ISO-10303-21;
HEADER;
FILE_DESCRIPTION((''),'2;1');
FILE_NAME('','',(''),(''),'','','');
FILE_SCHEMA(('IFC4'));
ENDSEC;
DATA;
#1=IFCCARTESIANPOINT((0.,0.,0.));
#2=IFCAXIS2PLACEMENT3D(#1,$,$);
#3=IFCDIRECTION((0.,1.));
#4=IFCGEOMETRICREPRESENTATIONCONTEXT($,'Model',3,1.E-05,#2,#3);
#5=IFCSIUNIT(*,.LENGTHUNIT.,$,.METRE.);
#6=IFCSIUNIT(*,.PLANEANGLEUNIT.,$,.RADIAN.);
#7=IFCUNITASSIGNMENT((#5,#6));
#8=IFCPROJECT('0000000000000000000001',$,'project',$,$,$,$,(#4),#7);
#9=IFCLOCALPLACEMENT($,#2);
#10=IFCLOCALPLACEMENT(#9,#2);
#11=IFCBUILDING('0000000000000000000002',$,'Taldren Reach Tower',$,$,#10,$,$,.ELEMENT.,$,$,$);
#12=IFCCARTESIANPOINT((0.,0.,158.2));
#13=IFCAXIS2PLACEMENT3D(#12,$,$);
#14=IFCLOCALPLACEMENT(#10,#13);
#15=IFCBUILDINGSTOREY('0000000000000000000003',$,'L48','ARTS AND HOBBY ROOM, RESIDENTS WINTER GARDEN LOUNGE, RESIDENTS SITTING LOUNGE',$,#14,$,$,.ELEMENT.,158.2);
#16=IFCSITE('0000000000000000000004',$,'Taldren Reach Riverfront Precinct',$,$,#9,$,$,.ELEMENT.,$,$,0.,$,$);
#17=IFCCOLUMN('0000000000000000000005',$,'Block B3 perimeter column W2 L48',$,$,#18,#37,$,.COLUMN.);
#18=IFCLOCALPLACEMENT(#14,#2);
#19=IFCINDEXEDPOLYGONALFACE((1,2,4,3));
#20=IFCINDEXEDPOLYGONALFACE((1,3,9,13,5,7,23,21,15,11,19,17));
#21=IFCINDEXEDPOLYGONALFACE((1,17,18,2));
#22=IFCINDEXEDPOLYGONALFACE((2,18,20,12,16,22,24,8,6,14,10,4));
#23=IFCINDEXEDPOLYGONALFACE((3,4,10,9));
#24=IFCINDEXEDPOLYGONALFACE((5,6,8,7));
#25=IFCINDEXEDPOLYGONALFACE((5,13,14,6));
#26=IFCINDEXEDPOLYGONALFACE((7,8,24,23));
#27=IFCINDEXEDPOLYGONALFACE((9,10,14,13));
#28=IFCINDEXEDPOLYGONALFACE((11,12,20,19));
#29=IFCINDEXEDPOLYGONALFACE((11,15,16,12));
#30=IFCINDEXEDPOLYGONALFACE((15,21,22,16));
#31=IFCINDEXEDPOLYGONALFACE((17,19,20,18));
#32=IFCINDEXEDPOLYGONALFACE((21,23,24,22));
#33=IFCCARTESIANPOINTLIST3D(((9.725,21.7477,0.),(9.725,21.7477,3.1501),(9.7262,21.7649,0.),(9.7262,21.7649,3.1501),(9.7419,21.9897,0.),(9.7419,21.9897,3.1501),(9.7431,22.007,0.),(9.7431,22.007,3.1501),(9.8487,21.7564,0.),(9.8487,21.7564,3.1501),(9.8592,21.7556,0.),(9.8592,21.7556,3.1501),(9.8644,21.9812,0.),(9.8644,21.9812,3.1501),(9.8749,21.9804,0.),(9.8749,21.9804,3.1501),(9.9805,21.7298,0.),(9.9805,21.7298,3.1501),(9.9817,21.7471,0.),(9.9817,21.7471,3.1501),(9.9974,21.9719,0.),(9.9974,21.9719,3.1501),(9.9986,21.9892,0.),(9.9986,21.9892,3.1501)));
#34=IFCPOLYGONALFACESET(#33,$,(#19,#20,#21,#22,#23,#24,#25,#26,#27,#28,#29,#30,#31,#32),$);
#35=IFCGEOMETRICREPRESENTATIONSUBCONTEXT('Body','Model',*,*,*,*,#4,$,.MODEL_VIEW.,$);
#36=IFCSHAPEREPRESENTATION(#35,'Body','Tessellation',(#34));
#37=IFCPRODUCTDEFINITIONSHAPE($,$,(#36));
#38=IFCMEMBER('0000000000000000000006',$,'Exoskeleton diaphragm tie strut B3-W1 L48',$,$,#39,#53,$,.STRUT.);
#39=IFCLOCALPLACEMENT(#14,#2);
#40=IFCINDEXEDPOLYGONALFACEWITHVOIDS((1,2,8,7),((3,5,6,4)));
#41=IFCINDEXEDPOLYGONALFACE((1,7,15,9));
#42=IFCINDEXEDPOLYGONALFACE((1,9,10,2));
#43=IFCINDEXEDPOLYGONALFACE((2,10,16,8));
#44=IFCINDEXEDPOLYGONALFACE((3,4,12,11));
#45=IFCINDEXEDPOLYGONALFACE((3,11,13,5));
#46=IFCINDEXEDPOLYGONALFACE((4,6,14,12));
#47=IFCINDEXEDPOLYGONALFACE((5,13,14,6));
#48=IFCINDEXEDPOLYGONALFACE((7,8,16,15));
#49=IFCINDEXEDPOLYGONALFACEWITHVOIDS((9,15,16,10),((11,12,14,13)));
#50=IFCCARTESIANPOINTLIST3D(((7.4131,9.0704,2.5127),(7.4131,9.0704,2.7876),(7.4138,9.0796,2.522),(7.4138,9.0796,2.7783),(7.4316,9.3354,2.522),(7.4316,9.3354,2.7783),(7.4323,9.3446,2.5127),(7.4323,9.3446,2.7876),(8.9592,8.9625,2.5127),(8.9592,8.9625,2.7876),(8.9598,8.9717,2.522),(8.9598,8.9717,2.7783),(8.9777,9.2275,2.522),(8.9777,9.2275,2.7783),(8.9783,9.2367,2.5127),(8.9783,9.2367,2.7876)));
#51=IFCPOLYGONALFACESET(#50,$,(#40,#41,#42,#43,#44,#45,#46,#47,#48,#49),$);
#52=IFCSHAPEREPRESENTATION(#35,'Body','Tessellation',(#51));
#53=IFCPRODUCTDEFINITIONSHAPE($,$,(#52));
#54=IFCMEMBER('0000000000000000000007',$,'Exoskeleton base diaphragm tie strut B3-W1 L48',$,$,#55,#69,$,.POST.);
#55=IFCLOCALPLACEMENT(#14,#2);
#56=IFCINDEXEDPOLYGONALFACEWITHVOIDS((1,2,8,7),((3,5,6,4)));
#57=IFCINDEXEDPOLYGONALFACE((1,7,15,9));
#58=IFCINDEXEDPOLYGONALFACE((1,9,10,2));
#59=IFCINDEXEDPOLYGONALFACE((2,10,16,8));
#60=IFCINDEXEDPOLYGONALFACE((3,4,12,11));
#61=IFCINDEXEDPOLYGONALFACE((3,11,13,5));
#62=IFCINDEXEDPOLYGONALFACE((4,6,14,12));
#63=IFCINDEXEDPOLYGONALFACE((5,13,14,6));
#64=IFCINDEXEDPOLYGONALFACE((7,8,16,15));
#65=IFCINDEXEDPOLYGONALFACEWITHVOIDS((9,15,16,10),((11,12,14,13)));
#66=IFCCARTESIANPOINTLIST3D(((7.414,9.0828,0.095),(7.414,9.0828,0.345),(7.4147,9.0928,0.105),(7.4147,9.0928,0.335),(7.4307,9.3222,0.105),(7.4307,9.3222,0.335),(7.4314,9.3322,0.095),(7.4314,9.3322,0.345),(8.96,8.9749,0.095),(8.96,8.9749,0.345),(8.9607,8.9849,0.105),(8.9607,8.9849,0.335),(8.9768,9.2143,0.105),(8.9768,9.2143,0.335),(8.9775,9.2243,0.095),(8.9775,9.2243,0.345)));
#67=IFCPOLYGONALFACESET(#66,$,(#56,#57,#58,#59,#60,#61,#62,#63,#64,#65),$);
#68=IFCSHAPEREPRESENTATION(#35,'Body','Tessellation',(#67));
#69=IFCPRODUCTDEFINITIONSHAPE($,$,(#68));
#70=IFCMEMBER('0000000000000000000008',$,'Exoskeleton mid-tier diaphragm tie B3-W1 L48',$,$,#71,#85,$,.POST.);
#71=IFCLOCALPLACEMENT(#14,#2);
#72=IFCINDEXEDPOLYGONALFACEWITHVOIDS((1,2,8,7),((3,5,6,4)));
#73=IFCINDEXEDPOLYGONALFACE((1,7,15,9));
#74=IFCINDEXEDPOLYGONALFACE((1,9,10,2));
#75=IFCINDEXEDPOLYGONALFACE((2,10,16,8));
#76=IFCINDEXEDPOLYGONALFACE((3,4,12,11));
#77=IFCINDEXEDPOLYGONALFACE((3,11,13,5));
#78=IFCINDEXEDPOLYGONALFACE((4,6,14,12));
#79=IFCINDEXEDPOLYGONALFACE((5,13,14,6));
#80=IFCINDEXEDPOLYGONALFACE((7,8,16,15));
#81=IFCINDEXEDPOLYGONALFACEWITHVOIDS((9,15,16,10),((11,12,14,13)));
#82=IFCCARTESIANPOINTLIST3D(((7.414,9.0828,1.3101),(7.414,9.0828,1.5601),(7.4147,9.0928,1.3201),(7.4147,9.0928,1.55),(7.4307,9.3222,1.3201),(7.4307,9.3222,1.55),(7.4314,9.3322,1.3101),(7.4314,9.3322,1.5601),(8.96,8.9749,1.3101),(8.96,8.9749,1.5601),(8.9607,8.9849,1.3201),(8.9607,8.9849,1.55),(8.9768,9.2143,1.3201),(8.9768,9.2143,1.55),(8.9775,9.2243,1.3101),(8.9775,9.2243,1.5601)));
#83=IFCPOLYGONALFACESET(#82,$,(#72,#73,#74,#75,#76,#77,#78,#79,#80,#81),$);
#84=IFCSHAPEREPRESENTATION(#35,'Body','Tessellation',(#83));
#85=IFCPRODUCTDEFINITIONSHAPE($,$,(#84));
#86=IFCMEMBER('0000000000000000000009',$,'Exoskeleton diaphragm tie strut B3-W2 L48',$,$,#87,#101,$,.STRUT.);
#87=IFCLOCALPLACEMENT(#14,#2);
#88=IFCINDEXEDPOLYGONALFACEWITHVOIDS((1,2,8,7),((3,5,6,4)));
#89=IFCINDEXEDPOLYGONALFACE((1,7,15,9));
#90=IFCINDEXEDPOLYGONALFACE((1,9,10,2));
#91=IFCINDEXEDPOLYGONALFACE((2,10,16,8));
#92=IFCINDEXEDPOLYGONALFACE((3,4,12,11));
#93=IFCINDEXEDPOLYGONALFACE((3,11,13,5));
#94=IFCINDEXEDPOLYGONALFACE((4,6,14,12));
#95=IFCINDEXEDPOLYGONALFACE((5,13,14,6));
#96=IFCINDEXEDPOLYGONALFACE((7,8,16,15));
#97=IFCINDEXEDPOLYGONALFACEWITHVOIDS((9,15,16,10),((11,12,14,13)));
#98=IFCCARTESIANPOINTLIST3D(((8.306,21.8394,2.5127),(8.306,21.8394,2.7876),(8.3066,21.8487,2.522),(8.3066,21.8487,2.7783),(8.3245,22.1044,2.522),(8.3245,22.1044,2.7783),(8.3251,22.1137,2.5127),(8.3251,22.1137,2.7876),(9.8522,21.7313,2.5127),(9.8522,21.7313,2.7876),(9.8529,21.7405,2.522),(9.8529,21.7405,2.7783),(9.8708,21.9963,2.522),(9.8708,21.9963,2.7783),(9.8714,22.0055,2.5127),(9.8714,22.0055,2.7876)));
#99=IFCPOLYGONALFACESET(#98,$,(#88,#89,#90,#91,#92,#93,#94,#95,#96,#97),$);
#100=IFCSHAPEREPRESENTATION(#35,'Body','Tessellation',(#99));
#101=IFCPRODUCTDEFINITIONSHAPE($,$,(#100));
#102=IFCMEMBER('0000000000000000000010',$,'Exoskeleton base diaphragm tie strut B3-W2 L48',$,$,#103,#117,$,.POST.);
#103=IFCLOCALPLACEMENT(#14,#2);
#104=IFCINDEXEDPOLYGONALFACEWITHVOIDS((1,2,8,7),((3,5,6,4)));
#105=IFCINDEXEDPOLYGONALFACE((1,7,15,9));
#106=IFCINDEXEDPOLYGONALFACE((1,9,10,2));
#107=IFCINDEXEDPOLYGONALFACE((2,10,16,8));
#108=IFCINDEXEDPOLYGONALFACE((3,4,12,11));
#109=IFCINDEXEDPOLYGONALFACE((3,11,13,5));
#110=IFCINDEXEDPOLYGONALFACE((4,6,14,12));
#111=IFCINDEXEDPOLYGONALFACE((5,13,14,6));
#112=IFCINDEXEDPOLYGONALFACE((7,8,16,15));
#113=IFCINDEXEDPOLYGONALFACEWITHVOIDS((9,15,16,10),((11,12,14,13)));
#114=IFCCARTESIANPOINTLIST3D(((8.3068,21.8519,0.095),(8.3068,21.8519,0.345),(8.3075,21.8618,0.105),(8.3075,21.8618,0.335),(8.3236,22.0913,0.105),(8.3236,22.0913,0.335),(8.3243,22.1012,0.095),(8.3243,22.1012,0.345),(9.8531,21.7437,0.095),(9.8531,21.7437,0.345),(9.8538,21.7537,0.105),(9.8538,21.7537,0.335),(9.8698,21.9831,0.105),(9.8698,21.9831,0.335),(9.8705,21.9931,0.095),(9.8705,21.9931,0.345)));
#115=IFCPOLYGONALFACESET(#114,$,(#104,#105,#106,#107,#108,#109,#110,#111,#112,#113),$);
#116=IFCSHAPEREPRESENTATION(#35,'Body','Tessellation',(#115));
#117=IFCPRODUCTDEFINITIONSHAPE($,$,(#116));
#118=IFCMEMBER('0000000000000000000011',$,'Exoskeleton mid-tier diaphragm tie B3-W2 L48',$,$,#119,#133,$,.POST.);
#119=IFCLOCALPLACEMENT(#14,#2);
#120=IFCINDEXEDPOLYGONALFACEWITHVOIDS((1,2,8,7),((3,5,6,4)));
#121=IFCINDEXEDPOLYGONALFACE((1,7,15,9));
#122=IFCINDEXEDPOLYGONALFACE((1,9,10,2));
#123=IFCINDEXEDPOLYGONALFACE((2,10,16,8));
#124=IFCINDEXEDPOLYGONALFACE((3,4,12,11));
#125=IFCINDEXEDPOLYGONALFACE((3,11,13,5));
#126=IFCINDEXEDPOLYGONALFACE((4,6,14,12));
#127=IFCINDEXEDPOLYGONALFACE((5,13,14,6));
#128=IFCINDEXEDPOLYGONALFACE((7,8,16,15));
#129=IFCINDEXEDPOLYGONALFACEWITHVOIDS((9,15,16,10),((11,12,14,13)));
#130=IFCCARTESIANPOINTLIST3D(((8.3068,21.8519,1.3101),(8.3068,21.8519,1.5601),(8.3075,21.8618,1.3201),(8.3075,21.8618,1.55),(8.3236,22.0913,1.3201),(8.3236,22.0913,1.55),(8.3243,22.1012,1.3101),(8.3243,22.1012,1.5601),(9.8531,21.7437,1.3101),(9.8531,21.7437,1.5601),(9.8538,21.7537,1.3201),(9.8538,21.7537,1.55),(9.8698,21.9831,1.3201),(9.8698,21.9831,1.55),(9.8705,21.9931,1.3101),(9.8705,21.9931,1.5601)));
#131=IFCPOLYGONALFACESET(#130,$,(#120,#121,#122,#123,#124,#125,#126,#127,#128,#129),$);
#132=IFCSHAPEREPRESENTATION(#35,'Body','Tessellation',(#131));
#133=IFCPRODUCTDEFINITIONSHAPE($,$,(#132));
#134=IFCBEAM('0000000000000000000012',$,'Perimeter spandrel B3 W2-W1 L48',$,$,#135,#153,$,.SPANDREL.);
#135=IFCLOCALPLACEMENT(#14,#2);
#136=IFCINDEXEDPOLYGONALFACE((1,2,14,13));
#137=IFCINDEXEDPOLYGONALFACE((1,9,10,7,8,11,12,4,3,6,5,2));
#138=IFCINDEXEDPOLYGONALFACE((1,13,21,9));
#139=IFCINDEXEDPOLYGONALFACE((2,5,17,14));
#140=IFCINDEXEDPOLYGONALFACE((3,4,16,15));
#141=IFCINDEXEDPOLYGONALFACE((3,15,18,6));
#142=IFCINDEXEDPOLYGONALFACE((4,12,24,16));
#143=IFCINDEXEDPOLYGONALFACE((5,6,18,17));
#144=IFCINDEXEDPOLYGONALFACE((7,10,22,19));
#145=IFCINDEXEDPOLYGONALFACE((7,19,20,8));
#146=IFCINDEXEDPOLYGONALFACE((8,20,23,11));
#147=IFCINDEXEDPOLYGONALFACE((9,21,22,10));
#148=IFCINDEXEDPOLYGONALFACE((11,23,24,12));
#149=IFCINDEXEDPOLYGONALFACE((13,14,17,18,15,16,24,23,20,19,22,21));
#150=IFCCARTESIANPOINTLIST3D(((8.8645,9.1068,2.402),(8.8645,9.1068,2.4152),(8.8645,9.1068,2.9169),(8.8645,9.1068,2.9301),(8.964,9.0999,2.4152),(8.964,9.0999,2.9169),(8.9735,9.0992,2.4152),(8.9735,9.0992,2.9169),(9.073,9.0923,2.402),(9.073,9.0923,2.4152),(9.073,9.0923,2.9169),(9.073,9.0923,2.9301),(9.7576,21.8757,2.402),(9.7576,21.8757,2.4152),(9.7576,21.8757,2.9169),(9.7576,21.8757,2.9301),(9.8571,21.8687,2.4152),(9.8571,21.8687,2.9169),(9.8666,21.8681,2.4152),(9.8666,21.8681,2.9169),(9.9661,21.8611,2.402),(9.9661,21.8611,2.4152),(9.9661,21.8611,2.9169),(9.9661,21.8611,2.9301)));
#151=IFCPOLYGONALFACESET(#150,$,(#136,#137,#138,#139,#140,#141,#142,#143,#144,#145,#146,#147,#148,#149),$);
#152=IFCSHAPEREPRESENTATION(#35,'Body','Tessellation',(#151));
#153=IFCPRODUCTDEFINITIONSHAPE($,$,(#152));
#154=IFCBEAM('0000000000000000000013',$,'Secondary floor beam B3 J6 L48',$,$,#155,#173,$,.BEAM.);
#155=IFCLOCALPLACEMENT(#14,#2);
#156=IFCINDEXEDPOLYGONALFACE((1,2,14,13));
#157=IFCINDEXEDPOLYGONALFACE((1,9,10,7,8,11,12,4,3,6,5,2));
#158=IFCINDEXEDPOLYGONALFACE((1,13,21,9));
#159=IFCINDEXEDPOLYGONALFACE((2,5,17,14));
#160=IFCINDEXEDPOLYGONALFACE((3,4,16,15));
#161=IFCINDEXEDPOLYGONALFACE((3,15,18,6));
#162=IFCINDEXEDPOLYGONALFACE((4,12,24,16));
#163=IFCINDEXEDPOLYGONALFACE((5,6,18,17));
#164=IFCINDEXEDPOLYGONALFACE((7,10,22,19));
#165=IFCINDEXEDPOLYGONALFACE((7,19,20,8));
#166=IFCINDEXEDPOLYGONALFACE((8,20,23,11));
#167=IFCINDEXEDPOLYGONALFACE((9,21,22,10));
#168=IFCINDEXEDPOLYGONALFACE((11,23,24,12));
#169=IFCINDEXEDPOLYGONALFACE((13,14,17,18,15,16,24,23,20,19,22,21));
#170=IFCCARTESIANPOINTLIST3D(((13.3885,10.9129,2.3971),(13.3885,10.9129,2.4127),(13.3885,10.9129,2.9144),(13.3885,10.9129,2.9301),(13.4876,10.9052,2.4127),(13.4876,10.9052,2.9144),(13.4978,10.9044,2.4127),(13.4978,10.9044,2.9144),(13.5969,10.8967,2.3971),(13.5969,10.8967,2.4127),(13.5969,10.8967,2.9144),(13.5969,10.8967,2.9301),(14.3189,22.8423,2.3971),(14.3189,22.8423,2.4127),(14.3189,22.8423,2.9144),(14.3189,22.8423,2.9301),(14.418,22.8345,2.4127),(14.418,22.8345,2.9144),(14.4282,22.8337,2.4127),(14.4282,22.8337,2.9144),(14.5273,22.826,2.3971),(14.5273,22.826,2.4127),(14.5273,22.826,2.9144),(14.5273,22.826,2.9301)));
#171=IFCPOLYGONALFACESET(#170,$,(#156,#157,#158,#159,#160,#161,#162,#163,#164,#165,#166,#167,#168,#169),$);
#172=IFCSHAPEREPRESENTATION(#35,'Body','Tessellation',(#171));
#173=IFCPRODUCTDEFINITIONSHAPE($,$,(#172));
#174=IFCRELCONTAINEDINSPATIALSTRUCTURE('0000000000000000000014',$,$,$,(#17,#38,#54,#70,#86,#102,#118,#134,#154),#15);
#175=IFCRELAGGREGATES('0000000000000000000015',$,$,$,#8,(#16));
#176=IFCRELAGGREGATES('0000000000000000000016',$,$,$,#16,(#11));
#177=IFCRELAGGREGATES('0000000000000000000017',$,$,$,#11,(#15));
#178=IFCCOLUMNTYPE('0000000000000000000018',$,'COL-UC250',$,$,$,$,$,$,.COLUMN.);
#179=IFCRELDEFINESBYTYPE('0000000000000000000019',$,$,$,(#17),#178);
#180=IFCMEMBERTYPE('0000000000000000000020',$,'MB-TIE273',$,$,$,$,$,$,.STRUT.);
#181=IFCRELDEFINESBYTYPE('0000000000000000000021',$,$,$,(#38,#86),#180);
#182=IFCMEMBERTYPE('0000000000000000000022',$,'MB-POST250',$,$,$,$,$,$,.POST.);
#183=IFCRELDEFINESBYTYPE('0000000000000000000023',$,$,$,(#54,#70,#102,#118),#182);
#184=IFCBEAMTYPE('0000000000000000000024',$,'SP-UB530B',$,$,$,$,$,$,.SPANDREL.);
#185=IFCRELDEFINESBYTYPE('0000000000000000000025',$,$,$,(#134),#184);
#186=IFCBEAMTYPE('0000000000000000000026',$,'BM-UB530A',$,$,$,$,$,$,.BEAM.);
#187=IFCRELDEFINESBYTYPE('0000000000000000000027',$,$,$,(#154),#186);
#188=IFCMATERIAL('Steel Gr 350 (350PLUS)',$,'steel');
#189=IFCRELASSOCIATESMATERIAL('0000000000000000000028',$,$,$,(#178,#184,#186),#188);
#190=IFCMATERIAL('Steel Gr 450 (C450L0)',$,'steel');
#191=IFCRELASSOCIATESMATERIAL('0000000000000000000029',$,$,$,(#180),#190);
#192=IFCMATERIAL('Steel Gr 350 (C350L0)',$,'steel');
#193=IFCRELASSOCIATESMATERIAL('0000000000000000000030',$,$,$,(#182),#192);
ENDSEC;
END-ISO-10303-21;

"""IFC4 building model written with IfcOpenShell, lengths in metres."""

from ifc_helpers import new_model, si_unit, direction, frame, origin, origin_2d, place, context, subcontext, project, spatial, hollow_rectangle, i_section, extrude, source, transform, mapped, material, material_profile, profile_set, type_object, element, save


model = new_model("IFC4")

# Units and contexts
model_context = context("Model", 3, precision=1e-05, world=origin(), true_north=direction((0.0, 1.0)))
body_context = subcontext(model_context, "Body", "Model", "MODEL_VIEW")
ifc_project = project(units=[si_unit("LENGTHUNIT", "METRE"), si_unit("PLANEANGLEUNIT", "RADIAN")], contexts=[model_context])

# Site, building, storey
site_placement = place(None, origin())
site = spatial("IfcSite", under=ifc_project, at=site_placement, Name="Taldren Reach Riverfront Precinct", CompositionType="ELEMENT", RefElevation=0.0)
building_placement = place(site_placement, origin())
building = spatial("IfcBuilding", under=site, at=building_placement, Name="Taldren Reach Tower", CompositionType="ELEMENT")
storey_placement = place(building_placement, frame((0.0, 0.0, 158.2)))
storey = spatial("IfcBuildingStorey", under=building, at=storey_placement, Name="L48", Description="ARTS AND HOBBY ROOM, RESIDENTS WINTER GARDEN LOUNGE, RESIDENTS SITTING LOUNGE", CompositionType="ELEMENT", Elevation=158.2)

# Column
ifc_material_1 = material(Name="Steel Gr 350 (350PLUS)", Category="steel")
ifc_material_profile_1 = material_profile(ifc_material_1, i_section(OverallWidth=0.2561, OverallDepth=0.26, WebThickness=0.0105, FlangeThickness=0.0173, at=origin_2d()), Name="250UC89.5")
ifc_profile_set_1 = profile_set([ifc_material_profile_1], Name="Steel Gr 350 (350PLUS)")
column_type = type_object("IfcColumnType", Name="COL-UC250", PredefinedType="COLUMN", material=ifc_profile_set_1)
shared_shape_1 = source(origin(), body_context, "Body", "SweptSolid", [
    extrude(i_section(OverallWidth=0.2561, OverallDepth=0.26, WebThickness=0.0105, FlangeThickness=0.0173, at=origin_2d()), origin(), (0.0, 0.0, 1.0), 3.1501),
])
column_placement = place(storey_placement, frame((9.8618, 21.8684, 0.0), z_axis=(0.0, 0.0, 1.0), x_axis=(0.997564, -0.069756, 0.0)))
element("IfcColumn", 1, at=column_placement, inside=storey, type_object=column_type, Name="Block B3 perimeter column W2 L48", PredefinedType="COLUMN", context=body_context, shape_type="MappedRepresentation", body=[
    mapped(shared_shape_1, transform((0.0, 0.0, 0.0), scale=1.0)),
])

# Members
ifc_material_2 = material(Name="Steel Gr 450 (C450L0)", Category="steel")
ifc_material_profile_2 = material_profile(ifc_material_2, hollow_rectangle(XDim=0.2749, YDim=0.2749, WallThickness=0.0093, at=origin_2d()), Name="275x275x9.3SHS")
ifc_profile_set_2 = profile_set([ifc_material_profile_2], Name="Steel Gr 450 (C450L0)")
member_type_1 = type_object("IfcMemberType", Name="MB-TIE273", PredefinedType="STRUT", material=ifc_profile_set_2)
shared_shape_2 = source(origin(), body_context, "Body", "SweptSolid", [
    extrude(hollow_rectangle(XDim=0.2749, YDim=0.2749, WallThickness=0.0093, at=origin_2d()), origin(), (0.0, 0.0, 1.0), 1.5498),
])
member_1_placement = place(storey_placement, frame((8.9688, 9.0996, 2.6501), z_axis=(-0.997573, 0.069624, 0.0), x_axis=(-0.069624, -0.997573, 0.0)))
element("IfcMember", 2, at=member_1_placement, inside=storey, type_object=member_type_1, Name="Exoskeleton diaphragm tie strut B3-W1 L48", PredefinedType="STRUT", context=body_context, shape_type="MappedRepresentation", body=[
    mapped(shared_shape_2, transform((0.0, 0.0, 0.0), scale=1.0)),
])
ifc_material_3 = material(Name="Steel Gr 350 (C350L0)", Category="steel")
ifc_material_profile_3 = material_profile(ifc_material_3, hollow_rectangle(XDim=0.25, YDim=0.25, WallThickness=0.01, at=origin_2d()), Name="250x250x10.0SHS")
ifc_profile_set_3 = profile_set([ifc_material_profile_3], Name="Steel Gr 350 (C350L0)")
member_type_2 = type_object("IfcMemberType", Name="MB-POST250", PredefinedType="POST", material=ifc_profile_set_3)
shared_shape_3 = source(origin(), body_context, "Body", "SweptSolid", [
    extrude(hollow_rectangle(XDim=0.25, YDim=0.25, WallThickness=0.01, at=origin_2d()), origin(), (0.0, 0.0, 1.0), 1.5498),
])
for number, where, z_axis, x_axis, name in (
    (3, (8.9688, 9.0996, 0.22), (-0.997573, 0.069624, 0.0), (-0.069624, -0.997573, 0.0), "Exoskeleton base diaphragm tie strut B3-W1 L48"),
    (4, (8.9688, 9.0996, 1.4351), (-0.997573, 0.069624, 0.0), (-0.069624, -0.997573, 0.0), "Exoskeleton mid-tier diaphragm tie B3-W1 L48"),
):
    element("IfcMember", number, at=place(storey_placement, frame(where, z_axis=z_axis, x_axis=x_axis)), inside=storey, type_object=member_type_2, Name=name, PredefinedType="POST", context=body_context, shape_type="MappedRepresentation", body=[
        mapped(shared_shape_3, transform((0.0, 0.0, 0.0), scale=1.0)),
    ])
shared_shape_4 = source(origin(), body_context, "Body", "SweptSolid", [
    extrude(hollow_rectangle(XDim=0.2749, YDim=0.2749, WallThickness=0.0093, at=origin_2d()), origin(), (0.0, 0.0, 1.0), 1.55),
])
member_2_placement = place(storey_placement, frame((9.8618, 21.8684, 2.6501), z_axis=(-0.997563, 0.06977, 0.0), x_axis=(-0.06977, -0.997563, 0.0)))
element("IfcMember", 5, at=member_2_placement, inside=storey, type_object=member_type_1, Name="Exoskeleton diaphragm tie strut B3-W2 L48", PredefinedType="STRUT", context=body_context, shape_type="MappedRepresentation", body=[
    mapped(shared_shape_4, transform((0.0, 0.0, 0.0), scale=1.0)),
])
shared_shape_5 = source(origin(), body_context, "Body", "SweptSolid", [
    extrude(hollow_rectangle(XDim=0.25, YDim=0.25, WallThickness=0.01, at=origin_2d()), origin(), (0.0, 0.0, 1.0), 1.55),
])
for number, where, z_axis, x_axis, name in (
    (6, (9.8618, 21.8684, 0.22), (-0.997563, 0.06977, 0.0), (-0.06977, -0.997563, 0.0), "Exoskeleton base diaphragm tie strut B3-W2 L48"),
    (7, (9.8618, 21.8684, 1.4351), (-0.997563, 0.06977, 0.0), (-0.06977, -0.997563, 0.0), "Exoskeleton mid-tier diaphragm tie B3-W2 L48"),
):
    element("IfcMember", number, at=place(storey_placement, frame(where, z_axis=z_axis, x_axis=x_axis)), inside=storey, type_object=member_type_2, Name=name, PredefinedType="POST", context=body_context, shape_type="MappedRepresentation", body=[
        mapped(shared_shape_5, transform((0.0, 0.0, 0.0), scale=1.0)),
    ])

# Beams
ifc_material_profile_4 = material_profile(ifc_material_1, i_section(OverallWidth=0.209, OverallDepth=0.5281, WebThickness=0.0095, FlangeThickness=0.0132, at=origin_2d()), Name="530UB82.0")
ifc_profile_set_4 = profile_set([ifc_material_profile_4], Name="Steel Gr 350 (350PLUS)")
beam_type_1 = type_object("IfcBeamType", Name="SP-UB530B", PredefinedType="SPANDREL", material=ifc_profile_set_4)
shared_shape_6 = source(origin(), body_context, "Body", "SweptSolid", [
    extrude(i_section(OverallWidth=0.209, OverallDepth=0.5281, WebThickness=0.0095, FlangeThickness=0.0132, at=origin_2d()), origin(), (0.0, 0.0, 1.0), 12.8),
])
beam_1_placement = place(storey_placement, frame((9.8618, 21.8684, 2.666), z_axis=(-0.069771, -0.997563, 0.0), x_axis=(0.997563, -0.069771, 0.0)))
element("IfcBeam", 8, at=beam_1_placement, inside=storey, type_object=beam_type_1, Name="Perimeter spandrel B3 W2-W1 L48", PredefinedType="SPANDREL", context=body_context, shape_type="MappedRepresentation", body=[
    mapped(shared_shape_6, transform((0.0, 0.0, 0.0), scale=1.0)),
])
ifc_material_profile_5 = material_profile(ifc_material_1, i_section(OverallWidth=0.209, OverallDepth=0.533, WebThickness=0.0103, FlangeThickness=0.0156, at=origin_2d()), Name="530UB92.4")
ifc_profile_set_5 = profile_set([ifc_material_profile_5], Name="Steel Gr 350 (350PLUS)")
beam_type_2 = type_object("IfcBeamType", Name="BM-UB530A", PredefinedType="BEAM", material=ifc_profile_set_5)
shared_shape_7 = source(origin(), body_context, "Body", "SweptSolid", [
    extrude(i_section(OverallWidth=0.209, OverallDepth=0.533, WebThickness=0.0103, FlangeThickness=0.0156, at=origin_2d()), origin(), (0.0, 0.0, 1.0), 11.9656),
])
beam_2_placement = place(storey_placement, frame((13.4927, 10.9048, 2.6636), z_axis=(0.077757, 0.996972, 0.0), x_axis=(-0.996972, 0.077757, 0.0)))
element("IfcBeam", 9, at=beam_2_placement, inside=storey, type_object=beam_type_2, Name="Secondary floor beam B3 J6 L48", PredefinedType="BEAM", context=body_context, shape_type="MappedRepresentation", body=[
    mapped(shared_shape_7, transform((0.0, 0.0, 0.0), scale=1.0)),
])

save(model, "model.ifc")
